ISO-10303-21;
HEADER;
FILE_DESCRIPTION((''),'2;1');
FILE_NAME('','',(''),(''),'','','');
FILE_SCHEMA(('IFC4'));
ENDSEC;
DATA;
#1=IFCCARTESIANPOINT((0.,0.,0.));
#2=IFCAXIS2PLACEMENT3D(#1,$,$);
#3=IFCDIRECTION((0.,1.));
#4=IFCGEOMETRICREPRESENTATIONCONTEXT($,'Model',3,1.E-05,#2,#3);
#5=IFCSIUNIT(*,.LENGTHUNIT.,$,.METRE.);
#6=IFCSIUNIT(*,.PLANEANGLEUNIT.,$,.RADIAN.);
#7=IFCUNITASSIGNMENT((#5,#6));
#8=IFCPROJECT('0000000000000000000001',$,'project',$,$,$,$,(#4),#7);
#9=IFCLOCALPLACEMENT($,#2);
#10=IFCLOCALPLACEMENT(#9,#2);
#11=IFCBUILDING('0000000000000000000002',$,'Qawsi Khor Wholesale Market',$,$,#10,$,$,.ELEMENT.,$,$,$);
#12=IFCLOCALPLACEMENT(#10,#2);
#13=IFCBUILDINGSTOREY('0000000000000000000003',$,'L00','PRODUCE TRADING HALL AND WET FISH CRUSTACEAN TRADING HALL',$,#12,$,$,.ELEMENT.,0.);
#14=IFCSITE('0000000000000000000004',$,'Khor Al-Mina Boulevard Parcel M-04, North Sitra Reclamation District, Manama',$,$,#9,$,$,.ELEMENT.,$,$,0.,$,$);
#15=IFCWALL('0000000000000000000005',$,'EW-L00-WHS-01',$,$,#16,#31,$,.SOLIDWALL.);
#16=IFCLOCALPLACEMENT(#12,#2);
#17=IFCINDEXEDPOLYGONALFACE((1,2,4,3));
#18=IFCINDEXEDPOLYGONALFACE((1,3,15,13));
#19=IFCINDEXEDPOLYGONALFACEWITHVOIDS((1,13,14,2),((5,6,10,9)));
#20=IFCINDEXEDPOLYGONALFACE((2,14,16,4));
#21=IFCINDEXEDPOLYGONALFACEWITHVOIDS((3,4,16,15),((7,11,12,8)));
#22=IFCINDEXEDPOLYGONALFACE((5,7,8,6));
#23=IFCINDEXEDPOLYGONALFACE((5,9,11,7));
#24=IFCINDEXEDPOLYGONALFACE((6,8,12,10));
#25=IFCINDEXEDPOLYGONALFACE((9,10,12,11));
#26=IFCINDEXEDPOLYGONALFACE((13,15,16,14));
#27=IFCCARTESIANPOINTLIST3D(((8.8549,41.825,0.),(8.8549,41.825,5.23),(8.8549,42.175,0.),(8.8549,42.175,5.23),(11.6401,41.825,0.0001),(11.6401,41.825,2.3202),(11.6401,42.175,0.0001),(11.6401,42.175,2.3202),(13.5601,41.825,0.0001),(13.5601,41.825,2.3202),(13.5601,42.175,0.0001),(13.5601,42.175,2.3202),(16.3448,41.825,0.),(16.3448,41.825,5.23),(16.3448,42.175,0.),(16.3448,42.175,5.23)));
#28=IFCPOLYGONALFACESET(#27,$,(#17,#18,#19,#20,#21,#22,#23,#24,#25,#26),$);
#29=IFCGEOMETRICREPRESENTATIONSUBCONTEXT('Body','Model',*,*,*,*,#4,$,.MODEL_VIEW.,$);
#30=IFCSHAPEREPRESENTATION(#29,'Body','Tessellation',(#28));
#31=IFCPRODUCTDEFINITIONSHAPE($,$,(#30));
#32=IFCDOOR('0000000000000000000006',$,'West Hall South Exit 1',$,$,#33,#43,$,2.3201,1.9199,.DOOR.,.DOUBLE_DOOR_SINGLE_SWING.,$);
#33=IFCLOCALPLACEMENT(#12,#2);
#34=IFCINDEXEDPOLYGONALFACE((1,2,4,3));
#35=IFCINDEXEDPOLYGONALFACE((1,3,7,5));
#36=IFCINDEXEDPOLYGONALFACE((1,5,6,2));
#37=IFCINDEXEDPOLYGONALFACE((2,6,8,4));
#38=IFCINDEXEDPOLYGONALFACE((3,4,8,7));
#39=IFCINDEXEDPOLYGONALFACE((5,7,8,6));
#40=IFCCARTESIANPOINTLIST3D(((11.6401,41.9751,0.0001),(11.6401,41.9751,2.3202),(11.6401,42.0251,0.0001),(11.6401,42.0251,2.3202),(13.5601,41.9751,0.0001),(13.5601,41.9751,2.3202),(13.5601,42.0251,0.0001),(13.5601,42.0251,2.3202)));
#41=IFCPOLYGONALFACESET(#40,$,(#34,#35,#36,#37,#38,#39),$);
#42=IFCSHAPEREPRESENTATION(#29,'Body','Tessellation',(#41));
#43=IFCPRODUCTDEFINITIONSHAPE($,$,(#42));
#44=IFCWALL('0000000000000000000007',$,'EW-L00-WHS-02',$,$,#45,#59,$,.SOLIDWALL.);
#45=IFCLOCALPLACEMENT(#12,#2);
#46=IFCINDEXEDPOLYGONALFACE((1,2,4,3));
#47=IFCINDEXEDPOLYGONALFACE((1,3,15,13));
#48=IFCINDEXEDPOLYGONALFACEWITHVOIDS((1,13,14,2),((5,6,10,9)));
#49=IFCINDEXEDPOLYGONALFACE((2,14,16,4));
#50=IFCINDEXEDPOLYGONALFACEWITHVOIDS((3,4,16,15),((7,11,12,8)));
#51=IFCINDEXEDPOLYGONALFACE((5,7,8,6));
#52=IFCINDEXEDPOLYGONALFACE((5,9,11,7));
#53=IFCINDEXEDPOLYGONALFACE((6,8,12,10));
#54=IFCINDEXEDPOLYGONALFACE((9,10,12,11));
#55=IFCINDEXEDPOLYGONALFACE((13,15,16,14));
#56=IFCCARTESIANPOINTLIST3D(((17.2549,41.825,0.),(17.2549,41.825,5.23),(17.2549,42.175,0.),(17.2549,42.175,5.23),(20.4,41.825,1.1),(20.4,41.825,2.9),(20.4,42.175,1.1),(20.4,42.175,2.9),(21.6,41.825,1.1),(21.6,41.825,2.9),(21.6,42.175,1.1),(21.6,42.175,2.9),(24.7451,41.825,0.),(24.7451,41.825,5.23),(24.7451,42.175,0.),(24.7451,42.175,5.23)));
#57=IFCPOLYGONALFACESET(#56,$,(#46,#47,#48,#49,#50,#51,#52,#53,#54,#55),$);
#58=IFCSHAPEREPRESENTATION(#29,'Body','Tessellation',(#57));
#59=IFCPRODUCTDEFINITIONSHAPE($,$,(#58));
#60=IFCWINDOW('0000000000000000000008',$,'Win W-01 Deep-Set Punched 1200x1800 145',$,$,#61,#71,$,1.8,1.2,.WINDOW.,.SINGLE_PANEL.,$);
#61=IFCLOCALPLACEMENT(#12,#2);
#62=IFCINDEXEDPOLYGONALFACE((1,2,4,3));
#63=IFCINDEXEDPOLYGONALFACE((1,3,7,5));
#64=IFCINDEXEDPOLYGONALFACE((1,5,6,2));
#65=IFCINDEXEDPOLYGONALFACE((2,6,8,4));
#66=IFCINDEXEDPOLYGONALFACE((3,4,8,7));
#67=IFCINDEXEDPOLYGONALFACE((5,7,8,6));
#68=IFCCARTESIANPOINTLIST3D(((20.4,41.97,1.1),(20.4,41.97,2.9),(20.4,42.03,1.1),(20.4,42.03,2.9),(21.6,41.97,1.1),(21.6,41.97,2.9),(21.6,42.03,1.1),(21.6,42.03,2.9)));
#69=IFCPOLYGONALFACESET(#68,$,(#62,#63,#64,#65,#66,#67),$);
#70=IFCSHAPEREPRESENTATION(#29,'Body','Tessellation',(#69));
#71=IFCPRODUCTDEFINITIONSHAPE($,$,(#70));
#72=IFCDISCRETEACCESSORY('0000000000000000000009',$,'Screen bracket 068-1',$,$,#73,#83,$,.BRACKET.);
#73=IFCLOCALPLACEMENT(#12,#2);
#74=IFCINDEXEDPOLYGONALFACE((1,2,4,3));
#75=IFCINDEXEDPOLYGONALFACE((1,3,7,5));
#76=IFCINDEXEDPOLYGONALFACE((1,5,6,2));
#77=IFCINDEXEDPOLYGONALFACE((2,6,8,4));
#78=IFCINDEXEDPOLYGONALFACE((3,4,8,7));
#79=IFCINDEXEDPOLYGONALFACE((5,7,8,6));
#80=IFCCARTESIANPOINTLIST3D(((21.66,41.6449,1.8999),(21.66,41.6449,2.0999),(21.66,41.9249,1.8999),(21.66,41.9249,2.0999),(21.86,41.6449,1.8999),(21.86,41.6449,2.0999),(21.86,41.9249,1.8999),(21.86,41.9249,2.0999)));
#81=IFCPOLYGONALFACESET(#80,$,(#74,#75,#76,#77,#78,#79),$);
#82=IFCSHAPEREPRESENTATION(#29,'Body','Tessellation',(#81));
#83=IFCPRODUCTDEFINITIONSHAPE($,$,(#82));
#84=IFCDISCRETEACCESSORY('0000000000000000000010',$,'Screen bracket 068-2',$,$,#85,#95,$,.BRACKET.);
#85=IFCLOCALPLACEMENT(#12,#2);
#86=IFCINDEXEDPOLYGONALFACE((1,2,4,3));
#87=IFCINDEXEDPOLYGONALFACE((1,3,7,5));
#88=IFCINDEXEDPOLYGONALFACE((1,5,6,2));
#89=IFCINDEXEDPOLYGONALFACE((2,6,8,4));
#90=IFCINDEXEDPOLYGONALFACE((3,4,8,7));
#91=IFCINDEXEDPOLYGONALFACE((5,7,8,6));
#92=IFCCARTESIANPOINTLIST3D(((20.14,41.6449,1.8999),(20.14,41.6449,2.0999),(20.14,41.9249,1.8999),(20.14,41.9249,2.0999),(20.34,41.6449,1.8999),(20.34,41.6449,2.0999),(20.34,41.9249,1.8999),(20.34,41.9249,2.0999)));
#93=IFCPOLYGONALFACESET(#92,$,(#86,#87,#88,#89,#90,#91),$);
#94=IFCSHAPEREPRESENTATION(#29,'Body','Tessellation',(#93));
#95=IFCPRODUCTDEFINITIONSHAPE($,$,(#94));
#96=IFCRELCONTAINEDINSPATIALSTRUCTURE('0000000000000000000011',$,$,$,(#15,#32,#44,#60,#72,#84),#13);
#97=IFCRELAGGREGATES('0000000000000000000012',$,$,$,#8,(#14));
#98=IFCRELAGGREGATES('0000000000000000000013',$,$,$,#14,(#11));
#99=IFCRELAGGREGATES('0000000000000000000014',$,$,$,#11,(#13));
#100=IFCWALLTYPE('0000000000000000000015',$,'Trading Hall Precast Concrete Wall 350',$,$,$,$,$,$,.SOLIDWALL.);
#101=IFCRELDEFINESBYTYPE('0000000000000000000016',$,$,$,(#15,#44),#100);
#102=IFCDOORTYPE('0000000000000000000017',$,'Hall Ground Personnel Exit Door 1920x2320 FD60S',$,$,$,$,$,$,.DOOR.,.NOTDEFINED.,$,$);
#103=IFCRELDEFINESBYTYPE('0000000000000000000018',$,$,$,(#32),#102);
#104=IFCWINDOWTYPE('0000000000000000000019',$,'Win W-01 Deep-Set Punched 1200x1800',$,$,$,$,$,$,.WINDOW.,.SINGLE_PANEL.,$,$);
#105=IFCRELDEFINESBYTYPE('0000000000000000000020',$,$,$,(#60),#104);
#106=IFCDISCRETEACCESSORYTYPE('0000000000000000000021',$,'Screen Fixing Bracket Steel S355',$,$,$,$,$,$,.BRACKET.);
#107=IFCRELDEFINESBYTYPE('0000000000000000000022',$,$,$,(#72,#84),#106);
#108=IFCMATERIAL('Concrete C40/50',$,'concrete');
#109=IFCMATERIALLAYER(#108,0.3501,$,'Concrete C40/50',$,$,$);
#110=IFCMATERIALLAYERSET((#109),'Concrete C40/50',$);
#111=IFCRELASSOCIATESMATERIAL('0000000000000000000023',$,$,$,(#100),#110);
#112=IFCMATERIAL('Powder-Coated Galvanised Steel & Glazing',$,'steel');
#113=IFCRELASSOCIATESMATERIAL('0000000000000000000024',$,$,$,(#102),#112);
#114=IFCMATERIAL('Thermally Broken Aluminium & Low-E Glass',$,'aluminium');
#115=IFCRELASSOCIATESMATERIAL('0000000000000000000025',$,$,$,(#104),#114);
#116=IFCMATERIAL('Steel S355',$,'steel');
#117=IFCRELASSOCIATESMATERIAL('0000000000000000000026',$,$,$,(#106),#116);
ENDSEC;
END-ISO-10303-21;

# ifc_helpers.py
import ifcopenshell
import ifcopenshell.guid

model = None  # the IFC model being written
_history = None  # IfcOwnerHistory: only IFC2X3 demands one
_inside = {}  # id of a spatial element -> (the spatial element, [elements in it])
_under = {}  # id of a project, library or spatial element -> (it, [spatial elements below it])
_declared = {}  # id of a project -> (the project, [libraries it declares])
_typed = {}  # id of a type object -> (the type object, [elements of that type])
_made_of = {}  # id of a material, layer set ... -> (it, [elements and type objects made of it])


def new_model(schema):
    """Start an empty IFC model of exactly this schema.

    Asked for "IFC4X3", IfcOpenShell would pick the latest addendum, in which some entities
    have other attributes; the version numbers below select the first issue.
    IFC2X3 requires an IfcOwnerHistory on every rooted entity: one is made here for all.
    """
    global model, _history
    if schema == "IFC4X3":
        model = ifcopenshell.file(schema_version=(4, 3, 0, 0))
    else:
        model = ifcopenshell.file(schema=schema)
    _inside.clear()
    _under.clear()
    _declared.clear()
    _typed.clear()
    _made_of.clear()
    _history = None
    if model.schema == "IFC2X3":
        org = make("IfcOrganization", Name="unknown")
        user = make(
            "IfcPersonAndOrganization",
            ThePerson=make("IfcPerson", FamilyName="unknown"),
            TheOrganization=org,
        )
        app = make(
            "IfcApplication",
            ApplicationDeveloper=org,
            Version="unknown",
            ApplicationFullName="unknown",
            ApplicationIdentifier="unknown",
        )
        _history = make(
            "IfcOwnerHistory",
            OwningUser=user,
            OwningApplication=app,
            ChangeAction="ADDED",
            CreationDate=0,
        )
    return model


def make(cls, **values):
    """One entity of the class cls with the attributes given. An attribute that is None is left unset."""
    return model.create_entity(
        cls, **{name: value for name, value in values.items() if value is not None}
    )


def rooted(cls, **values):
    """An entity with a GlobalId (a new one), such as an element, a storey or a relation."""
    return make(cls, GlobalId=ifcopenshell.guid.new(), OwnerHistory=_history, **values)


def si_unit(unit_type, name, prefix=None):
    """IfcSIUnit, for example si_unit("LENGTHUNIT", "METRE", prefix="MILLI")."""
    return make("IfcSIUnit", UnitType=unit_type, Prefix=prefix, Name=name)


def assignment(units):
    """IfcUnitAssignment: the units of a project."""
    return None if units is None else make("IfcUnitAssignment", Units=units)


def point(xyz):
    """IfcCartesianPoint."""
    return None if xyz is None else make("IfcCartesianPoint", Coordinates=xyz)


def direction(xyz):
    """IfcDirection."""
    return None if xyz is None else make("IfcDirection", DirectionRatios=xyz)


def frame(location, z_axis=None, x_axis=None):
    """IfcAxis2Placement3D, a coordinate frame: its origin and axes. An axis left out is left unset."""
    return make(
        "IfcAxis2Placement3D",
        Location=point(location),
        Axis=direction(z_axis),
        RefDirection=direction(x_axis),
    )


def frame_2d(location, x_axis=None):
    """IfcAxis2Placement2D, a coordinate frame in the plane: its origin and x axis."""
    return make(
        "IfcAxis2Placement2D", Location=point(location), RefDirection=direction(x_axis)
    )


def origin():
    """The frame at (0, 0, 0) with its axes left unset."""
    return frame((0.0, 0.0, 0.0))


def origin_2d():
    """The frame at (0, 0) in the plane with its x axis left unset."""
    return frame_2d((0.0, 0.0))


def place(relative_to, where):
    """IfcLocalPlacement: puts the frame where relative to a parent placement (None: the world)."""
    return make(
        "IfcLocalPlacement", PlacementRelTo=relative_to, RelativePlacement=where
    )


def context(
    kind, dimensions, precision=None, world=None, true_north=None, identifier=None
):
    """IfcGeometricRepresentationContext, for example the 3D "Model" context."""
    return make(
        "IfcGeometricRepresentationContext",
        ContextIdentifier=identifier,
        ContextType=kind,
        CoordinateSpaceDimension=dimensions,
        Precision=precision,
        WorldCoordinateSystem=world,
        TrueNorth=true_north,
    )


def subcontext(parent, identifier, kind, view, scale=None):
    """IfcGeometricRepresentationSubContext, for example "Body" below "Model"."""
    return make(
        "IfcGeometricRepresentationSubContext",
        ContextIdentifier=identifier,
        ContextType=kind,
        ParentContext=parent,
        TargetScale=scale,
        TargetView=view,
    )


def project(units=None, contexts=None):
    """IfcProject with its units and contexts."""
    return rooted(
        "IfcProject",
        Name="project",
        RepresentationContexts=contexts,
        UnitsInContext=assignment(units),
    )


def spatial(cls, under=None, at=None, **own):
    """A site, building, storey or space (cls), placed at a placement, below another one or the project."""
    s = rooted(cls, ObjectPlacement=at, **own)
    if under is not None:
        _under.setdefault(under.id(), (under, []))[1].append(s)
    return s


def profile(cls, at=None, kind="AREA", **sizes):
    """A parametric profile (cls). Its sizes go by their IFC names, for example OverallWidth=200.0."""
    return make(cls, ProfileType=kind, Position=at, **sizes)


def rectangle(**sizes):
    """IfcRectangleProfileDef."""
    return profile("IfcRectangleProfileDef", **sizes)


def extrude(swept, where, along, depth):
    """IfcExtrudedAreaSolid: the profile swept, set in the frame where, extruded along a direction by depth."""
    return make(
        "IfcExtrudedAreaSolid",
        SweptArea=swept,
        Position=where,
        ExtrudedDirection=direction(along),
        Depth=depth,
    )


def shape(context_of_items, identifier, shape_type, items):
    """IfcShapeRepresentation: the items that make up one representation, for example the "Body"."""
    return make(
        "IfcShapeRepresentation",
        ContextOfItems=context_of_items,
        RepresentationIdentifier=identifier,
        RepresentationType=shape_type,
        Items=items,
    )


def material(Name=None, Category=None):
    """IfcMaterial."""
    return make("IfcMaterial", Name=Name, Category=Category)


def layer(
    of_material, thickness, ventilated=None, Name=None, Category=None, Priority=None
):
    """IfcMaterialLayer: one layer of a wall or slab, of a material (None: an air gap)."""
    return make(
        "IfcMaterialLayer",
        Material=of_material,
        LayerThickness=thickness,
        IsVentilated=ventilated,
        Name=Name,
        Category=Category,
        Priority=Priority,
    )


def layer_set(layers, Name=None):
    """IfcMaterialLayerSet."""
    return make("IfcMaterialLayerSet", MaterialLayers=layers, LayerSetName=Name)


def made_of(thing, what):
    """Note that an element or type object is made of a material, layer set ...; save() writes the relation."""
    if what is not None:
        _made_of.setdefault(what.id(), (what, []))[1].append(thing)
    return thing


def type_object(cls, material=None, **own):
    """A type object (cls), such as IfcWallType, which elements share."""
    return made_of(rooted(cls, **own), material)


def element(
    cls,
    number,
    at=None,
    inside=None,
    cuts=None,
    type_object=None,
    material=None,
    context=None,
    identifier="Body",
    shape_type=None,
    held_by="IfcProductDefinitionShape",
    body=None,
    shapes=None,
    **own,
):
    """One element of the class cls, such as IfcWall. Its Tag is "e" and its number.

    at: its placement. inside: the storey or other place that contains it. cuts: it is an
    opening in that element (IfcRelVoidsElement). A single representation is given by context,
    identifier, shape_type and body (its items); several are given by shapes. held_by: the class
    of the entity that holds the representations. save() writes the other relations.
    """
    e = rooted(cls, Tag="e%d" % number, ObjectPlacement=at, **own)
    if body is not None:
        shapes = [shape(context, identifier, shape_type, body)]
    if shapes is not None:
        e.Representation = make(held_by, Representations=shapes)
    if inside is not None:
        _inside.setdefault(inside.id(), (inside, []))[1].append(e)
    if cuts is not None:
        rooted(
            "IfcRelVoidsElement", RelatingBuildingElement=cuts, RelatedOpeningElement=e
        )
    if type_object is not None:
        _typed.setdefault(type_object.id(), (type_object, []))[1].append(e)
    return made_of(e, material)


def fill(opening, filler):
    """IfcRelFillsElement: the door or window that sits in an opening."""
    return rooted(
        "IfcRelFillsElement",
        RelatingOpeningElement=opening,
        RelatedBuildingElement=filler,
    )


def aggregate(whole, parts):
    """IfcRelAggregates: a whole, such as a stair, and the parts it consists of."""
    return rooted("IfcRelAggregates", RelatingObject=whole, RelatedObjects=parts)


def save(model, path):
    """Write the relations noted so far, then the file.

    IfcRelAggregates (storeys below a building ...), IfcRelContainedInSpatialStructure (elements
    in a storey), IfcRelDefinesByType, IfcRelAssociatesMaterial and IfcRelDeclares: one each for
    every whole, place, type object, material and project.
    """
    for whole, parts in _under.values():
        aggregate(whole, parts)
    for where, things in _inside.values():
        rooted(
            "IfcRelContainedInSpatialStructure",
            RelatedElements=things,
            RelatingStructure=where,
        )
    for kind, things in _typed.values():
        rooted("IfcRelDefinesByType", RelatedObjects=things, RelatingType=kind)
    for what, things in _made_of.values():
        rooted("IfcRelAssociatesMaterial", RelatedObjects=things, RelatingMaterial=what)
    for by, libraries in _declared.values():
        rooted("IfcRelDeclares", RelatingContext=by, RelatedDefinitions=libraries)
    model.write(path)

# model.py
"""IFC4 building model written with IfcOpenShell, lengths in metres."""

from ifc_helpers import new_model, si_unit, direction, frame, frame_2d, origin, origin_2d, place, context, subcontext, project, spatial, rectangle, extrude, material, layer, layer_set, type_object, element, fill, save


model = new_model("IFC4")

# Units and contexts
model_context = context("Model", 3, precision=1e-05, world=origin(), true_north=direction((0.0, 1.0)))
body_context = subcontext(model_context, "Body", "Model", "MODEL_VIEW")
ifc_project = project(units=[si_unit("LENGTHUNIT", "METRE"), si_unit("PLANEANGLEUNIT", "RADIAN")], contexts=[model_context])

# Site, building, storey
site_placement = place(None, origin())
site = spatial("IfcSite", under=ifc_project, at=site_placement, Name="Khor Al-Mina Boulevard Parcel M-04, North Sitra Reclamation District, Manama", CompositionType="ELEMENT", RefElevation=0.0)
building_placement = place(site_placement, origin())
building = spatial("IfcBuilding", under=site, at=building_placement, Name="Qawsi Khor Wholesale Market", CompositionType="ELEMENT")
storey_placement = place(building_placement, origin())
storey = spatial("IfcBuildingStorey", under=building, at=storey_placement, Name="L00", Description="PRODUCE TRADING HALL AND WET FISH CRUSTACEAN TRADING HALL", CompositionType="ELEMENT", Elevation=0.0)

# Shared definitions
ifc_material_1 = material(Name="Concrete C40/50", Category="concrete")

# Shared definitions
ifc_material_2 = material(Name="Powder-Coated Galvanised Steel & Glazing", Category="steel")

# Wall, opening, door
ifc_layer_1 = layer(ifc_material_1, 0.3501, Name="Concrete C40/50")
ifc_layer_set_1 = layer_set([ifc_layer_1], Name="Concrete C40/50")
wall_type_1 = type_object("IfcWallType", Name="Trading Hall Precast Concrete Wall 350", PredefinedType="SOLIDWALL", material=ifc_layer_set_1)
wall_1_placement = place(storey_placement, frame((16.345, 42.0, 0.0), z_axis=(0.0, 0.0, 1.0), x_axis=(-1.0, 0.0, 0.0)))
wall_1 = element("IfcWall", 1, at=wall_1_placement, inside=storey, type_object=wall_type_1, Name="EW-L00-WHS-01", PredefinedType="SOLIDWALL", context=body_context, shape_type="SweptSolid", body=[
    extrude(rectangle(XDim=7.49, YDim=0.3501, at=frame_2d((3.7451, 0.0))), origin(), (0.0, 0.0, 1.0), 5.23),
])
opening_1_placement = place(wall_1_placement, frame((2.7849, 0.0, 0.0)))
opening_1 = element("IfcOpeningElement", 2, at=opening_1_placement, cuts=wall_1, PredefinedType="OPENING", context=body_context, shape_type="SweptSolid", body=[
    extrude(rectangle(XDim=1.9199, YDim=2.3201, at=frame_2d((0.96, 1.1602))), frame((0.0, 0.1851, 0.0), z_axis=(0.0, -1.0, 0.0), x_axis=(1.0, 0.0, 0.0)), (0.0, 0.0, 1.0), 0.3701),
])
door_type_1 = type_object("IfcDoorType", Name="Hall Ground Personnel Exit Door 1920x2320 FD60S", OperationType="NOTDEFINED", PredefinedType="DOOR", material=ifc_material_2)
door_1_placement = place(opening_1_placement, origin())
door_1 = element("IfcDoor", 3, at=door_1_placement, inside=storey, type_object=door_type_1, Name="West Hall South Exit 1", OperationType="DOUBLE_DOOR_SINGLE_SWING", OverallHeight=2.3201, OverallWidth=1.9199, PredefinedType="DOOR", context=body_context, shape_type="SweptSolid", body=[
    extrude(rectangle(XDim=1.9199, YDim=2.3201, at=frame_2d((0.96, 1.1602))), frame((0.0, 0.0249, 0.0), z_axis=(0.0, -1.0, 0.0), x_axis=(1.0, 0.0, 0.0)), (0.0, 0.0, 1.0), 0.05),
])
fill(opening_1, door_1)

# Wall, opening, window
wall_2_placement = place(storey_placement, frame((24.7451, 42.0, 0.0), z_axis=(0.0, 0.0, 1.0), x_axis=(-1.0, 0.0, 0.0)))
wall_2 = element("IfcWall", 4, at=wall_2_placement, inside=storey, type_object=wall_type_1, Name="EW-L00-WHS-02", PredefinedType="SOLIDWALL", context=body_context, shape_type="SweptSolid", body=[
    extrude(rectangle(XDim=7.4902, YDim=0.3501, at=frame_2d((3.7451, 0.0))), origin(), (0.0, 0.0, 1.0), 5.23),
])
opening_2_placement = place(wall_2_placement, frame((3.145, 0.0, 1.1001)))
opening_2 = element("IfcOpeningElement", 5, at=opening_2_placement, cuts=wall_2, PredefinedType="OPENING", context=body_context, shape_type="SweptSolid", body=[
    extrude(rectangle(XDim=1.2, YDim=1.8, at=frame_2d((0.6001, 0.8999))), frame((0.0, 0.1851, 0.0), z_axis=(0.0, -1.0, 0.0), x_axis=(1.0, 0.0, 0.0)), (0.0, 0.0, 1.0), 0.3701),
])
ifc_material_3 = material(Name="Thermally Broken Aluminium & Low-E Glass", Category="aluminium")
window_type = type_object("IfcWindowType", Name="Win W-01 Deep-Set Punched 1200x1800", PartitioningType="SINGLE_PANEL", PredefinedType="WINDOW", material=ifc_material_3)
window_placement = place(opening_2_placement, origin())
window = element("IfcWindow", 6, at=window_placement, inside=storey, type_object=window_type, Name="Win W-01 Deep-Set Punched 1200x1800 145", OverallHeight=1.8, OverallWidth=1.2, PartitioningType="SINGLE_PANEL", PredefinedType="WINDOW", context=body_context, shape_type="SweptSolid", body=[
    extrude(rectangle(XDim=1.2, YDim=1.8, at=frame_2d((0.6001, 0.8999))), frame((0.0, 0.03, 0.0), z_axis=(0.0, -1.0, 0.0), x_axis=(1.0, 0.0, 0.0)), (0.0, 0.0, 1.0), 0.0601),
])
fill(opening_2, window)

# Discrete accessories
ifc_material_4 = material(Name="Steel S355", Category="steel")
discrete_accessory_type = type_object("IfcDiscreteAccessoryType", Name="Screen Fixing Bracket Steel S355", PredefinedType="BRACKET", material=ifc_material_4)
for number, where, z_axis, x_axis, name in (
    (7, (21.76, 41.7849, 1.8999), (0.0, 0.0, 1.0), (1.0, 0.0, 0.0), "Screen bracket 068-1"),
    (8, (20.24, 41.7849, 1.8999), (0.0, 0.0, 1.0), (1.0, 0.0, 0.0), "Screen bracket 068-2"),
):
    element("IfcDiscreteAccessory", number, at=place(storey_placement, frame(where, z_axis=z_axis, x_axis=x_axis)), inside=storey, type_object=discrete_accessory_type, Name=name, PredefinedType="BRACKET", context=body_context, shape_type="SweptSolid", body=[
        extrude(rectangle(XDim=0.2, YDim=0.28, at=origin_2d()), origin(), (0.0, 0.0, 1.0), 0.2),
    ])

save(model, "model.ifc")
